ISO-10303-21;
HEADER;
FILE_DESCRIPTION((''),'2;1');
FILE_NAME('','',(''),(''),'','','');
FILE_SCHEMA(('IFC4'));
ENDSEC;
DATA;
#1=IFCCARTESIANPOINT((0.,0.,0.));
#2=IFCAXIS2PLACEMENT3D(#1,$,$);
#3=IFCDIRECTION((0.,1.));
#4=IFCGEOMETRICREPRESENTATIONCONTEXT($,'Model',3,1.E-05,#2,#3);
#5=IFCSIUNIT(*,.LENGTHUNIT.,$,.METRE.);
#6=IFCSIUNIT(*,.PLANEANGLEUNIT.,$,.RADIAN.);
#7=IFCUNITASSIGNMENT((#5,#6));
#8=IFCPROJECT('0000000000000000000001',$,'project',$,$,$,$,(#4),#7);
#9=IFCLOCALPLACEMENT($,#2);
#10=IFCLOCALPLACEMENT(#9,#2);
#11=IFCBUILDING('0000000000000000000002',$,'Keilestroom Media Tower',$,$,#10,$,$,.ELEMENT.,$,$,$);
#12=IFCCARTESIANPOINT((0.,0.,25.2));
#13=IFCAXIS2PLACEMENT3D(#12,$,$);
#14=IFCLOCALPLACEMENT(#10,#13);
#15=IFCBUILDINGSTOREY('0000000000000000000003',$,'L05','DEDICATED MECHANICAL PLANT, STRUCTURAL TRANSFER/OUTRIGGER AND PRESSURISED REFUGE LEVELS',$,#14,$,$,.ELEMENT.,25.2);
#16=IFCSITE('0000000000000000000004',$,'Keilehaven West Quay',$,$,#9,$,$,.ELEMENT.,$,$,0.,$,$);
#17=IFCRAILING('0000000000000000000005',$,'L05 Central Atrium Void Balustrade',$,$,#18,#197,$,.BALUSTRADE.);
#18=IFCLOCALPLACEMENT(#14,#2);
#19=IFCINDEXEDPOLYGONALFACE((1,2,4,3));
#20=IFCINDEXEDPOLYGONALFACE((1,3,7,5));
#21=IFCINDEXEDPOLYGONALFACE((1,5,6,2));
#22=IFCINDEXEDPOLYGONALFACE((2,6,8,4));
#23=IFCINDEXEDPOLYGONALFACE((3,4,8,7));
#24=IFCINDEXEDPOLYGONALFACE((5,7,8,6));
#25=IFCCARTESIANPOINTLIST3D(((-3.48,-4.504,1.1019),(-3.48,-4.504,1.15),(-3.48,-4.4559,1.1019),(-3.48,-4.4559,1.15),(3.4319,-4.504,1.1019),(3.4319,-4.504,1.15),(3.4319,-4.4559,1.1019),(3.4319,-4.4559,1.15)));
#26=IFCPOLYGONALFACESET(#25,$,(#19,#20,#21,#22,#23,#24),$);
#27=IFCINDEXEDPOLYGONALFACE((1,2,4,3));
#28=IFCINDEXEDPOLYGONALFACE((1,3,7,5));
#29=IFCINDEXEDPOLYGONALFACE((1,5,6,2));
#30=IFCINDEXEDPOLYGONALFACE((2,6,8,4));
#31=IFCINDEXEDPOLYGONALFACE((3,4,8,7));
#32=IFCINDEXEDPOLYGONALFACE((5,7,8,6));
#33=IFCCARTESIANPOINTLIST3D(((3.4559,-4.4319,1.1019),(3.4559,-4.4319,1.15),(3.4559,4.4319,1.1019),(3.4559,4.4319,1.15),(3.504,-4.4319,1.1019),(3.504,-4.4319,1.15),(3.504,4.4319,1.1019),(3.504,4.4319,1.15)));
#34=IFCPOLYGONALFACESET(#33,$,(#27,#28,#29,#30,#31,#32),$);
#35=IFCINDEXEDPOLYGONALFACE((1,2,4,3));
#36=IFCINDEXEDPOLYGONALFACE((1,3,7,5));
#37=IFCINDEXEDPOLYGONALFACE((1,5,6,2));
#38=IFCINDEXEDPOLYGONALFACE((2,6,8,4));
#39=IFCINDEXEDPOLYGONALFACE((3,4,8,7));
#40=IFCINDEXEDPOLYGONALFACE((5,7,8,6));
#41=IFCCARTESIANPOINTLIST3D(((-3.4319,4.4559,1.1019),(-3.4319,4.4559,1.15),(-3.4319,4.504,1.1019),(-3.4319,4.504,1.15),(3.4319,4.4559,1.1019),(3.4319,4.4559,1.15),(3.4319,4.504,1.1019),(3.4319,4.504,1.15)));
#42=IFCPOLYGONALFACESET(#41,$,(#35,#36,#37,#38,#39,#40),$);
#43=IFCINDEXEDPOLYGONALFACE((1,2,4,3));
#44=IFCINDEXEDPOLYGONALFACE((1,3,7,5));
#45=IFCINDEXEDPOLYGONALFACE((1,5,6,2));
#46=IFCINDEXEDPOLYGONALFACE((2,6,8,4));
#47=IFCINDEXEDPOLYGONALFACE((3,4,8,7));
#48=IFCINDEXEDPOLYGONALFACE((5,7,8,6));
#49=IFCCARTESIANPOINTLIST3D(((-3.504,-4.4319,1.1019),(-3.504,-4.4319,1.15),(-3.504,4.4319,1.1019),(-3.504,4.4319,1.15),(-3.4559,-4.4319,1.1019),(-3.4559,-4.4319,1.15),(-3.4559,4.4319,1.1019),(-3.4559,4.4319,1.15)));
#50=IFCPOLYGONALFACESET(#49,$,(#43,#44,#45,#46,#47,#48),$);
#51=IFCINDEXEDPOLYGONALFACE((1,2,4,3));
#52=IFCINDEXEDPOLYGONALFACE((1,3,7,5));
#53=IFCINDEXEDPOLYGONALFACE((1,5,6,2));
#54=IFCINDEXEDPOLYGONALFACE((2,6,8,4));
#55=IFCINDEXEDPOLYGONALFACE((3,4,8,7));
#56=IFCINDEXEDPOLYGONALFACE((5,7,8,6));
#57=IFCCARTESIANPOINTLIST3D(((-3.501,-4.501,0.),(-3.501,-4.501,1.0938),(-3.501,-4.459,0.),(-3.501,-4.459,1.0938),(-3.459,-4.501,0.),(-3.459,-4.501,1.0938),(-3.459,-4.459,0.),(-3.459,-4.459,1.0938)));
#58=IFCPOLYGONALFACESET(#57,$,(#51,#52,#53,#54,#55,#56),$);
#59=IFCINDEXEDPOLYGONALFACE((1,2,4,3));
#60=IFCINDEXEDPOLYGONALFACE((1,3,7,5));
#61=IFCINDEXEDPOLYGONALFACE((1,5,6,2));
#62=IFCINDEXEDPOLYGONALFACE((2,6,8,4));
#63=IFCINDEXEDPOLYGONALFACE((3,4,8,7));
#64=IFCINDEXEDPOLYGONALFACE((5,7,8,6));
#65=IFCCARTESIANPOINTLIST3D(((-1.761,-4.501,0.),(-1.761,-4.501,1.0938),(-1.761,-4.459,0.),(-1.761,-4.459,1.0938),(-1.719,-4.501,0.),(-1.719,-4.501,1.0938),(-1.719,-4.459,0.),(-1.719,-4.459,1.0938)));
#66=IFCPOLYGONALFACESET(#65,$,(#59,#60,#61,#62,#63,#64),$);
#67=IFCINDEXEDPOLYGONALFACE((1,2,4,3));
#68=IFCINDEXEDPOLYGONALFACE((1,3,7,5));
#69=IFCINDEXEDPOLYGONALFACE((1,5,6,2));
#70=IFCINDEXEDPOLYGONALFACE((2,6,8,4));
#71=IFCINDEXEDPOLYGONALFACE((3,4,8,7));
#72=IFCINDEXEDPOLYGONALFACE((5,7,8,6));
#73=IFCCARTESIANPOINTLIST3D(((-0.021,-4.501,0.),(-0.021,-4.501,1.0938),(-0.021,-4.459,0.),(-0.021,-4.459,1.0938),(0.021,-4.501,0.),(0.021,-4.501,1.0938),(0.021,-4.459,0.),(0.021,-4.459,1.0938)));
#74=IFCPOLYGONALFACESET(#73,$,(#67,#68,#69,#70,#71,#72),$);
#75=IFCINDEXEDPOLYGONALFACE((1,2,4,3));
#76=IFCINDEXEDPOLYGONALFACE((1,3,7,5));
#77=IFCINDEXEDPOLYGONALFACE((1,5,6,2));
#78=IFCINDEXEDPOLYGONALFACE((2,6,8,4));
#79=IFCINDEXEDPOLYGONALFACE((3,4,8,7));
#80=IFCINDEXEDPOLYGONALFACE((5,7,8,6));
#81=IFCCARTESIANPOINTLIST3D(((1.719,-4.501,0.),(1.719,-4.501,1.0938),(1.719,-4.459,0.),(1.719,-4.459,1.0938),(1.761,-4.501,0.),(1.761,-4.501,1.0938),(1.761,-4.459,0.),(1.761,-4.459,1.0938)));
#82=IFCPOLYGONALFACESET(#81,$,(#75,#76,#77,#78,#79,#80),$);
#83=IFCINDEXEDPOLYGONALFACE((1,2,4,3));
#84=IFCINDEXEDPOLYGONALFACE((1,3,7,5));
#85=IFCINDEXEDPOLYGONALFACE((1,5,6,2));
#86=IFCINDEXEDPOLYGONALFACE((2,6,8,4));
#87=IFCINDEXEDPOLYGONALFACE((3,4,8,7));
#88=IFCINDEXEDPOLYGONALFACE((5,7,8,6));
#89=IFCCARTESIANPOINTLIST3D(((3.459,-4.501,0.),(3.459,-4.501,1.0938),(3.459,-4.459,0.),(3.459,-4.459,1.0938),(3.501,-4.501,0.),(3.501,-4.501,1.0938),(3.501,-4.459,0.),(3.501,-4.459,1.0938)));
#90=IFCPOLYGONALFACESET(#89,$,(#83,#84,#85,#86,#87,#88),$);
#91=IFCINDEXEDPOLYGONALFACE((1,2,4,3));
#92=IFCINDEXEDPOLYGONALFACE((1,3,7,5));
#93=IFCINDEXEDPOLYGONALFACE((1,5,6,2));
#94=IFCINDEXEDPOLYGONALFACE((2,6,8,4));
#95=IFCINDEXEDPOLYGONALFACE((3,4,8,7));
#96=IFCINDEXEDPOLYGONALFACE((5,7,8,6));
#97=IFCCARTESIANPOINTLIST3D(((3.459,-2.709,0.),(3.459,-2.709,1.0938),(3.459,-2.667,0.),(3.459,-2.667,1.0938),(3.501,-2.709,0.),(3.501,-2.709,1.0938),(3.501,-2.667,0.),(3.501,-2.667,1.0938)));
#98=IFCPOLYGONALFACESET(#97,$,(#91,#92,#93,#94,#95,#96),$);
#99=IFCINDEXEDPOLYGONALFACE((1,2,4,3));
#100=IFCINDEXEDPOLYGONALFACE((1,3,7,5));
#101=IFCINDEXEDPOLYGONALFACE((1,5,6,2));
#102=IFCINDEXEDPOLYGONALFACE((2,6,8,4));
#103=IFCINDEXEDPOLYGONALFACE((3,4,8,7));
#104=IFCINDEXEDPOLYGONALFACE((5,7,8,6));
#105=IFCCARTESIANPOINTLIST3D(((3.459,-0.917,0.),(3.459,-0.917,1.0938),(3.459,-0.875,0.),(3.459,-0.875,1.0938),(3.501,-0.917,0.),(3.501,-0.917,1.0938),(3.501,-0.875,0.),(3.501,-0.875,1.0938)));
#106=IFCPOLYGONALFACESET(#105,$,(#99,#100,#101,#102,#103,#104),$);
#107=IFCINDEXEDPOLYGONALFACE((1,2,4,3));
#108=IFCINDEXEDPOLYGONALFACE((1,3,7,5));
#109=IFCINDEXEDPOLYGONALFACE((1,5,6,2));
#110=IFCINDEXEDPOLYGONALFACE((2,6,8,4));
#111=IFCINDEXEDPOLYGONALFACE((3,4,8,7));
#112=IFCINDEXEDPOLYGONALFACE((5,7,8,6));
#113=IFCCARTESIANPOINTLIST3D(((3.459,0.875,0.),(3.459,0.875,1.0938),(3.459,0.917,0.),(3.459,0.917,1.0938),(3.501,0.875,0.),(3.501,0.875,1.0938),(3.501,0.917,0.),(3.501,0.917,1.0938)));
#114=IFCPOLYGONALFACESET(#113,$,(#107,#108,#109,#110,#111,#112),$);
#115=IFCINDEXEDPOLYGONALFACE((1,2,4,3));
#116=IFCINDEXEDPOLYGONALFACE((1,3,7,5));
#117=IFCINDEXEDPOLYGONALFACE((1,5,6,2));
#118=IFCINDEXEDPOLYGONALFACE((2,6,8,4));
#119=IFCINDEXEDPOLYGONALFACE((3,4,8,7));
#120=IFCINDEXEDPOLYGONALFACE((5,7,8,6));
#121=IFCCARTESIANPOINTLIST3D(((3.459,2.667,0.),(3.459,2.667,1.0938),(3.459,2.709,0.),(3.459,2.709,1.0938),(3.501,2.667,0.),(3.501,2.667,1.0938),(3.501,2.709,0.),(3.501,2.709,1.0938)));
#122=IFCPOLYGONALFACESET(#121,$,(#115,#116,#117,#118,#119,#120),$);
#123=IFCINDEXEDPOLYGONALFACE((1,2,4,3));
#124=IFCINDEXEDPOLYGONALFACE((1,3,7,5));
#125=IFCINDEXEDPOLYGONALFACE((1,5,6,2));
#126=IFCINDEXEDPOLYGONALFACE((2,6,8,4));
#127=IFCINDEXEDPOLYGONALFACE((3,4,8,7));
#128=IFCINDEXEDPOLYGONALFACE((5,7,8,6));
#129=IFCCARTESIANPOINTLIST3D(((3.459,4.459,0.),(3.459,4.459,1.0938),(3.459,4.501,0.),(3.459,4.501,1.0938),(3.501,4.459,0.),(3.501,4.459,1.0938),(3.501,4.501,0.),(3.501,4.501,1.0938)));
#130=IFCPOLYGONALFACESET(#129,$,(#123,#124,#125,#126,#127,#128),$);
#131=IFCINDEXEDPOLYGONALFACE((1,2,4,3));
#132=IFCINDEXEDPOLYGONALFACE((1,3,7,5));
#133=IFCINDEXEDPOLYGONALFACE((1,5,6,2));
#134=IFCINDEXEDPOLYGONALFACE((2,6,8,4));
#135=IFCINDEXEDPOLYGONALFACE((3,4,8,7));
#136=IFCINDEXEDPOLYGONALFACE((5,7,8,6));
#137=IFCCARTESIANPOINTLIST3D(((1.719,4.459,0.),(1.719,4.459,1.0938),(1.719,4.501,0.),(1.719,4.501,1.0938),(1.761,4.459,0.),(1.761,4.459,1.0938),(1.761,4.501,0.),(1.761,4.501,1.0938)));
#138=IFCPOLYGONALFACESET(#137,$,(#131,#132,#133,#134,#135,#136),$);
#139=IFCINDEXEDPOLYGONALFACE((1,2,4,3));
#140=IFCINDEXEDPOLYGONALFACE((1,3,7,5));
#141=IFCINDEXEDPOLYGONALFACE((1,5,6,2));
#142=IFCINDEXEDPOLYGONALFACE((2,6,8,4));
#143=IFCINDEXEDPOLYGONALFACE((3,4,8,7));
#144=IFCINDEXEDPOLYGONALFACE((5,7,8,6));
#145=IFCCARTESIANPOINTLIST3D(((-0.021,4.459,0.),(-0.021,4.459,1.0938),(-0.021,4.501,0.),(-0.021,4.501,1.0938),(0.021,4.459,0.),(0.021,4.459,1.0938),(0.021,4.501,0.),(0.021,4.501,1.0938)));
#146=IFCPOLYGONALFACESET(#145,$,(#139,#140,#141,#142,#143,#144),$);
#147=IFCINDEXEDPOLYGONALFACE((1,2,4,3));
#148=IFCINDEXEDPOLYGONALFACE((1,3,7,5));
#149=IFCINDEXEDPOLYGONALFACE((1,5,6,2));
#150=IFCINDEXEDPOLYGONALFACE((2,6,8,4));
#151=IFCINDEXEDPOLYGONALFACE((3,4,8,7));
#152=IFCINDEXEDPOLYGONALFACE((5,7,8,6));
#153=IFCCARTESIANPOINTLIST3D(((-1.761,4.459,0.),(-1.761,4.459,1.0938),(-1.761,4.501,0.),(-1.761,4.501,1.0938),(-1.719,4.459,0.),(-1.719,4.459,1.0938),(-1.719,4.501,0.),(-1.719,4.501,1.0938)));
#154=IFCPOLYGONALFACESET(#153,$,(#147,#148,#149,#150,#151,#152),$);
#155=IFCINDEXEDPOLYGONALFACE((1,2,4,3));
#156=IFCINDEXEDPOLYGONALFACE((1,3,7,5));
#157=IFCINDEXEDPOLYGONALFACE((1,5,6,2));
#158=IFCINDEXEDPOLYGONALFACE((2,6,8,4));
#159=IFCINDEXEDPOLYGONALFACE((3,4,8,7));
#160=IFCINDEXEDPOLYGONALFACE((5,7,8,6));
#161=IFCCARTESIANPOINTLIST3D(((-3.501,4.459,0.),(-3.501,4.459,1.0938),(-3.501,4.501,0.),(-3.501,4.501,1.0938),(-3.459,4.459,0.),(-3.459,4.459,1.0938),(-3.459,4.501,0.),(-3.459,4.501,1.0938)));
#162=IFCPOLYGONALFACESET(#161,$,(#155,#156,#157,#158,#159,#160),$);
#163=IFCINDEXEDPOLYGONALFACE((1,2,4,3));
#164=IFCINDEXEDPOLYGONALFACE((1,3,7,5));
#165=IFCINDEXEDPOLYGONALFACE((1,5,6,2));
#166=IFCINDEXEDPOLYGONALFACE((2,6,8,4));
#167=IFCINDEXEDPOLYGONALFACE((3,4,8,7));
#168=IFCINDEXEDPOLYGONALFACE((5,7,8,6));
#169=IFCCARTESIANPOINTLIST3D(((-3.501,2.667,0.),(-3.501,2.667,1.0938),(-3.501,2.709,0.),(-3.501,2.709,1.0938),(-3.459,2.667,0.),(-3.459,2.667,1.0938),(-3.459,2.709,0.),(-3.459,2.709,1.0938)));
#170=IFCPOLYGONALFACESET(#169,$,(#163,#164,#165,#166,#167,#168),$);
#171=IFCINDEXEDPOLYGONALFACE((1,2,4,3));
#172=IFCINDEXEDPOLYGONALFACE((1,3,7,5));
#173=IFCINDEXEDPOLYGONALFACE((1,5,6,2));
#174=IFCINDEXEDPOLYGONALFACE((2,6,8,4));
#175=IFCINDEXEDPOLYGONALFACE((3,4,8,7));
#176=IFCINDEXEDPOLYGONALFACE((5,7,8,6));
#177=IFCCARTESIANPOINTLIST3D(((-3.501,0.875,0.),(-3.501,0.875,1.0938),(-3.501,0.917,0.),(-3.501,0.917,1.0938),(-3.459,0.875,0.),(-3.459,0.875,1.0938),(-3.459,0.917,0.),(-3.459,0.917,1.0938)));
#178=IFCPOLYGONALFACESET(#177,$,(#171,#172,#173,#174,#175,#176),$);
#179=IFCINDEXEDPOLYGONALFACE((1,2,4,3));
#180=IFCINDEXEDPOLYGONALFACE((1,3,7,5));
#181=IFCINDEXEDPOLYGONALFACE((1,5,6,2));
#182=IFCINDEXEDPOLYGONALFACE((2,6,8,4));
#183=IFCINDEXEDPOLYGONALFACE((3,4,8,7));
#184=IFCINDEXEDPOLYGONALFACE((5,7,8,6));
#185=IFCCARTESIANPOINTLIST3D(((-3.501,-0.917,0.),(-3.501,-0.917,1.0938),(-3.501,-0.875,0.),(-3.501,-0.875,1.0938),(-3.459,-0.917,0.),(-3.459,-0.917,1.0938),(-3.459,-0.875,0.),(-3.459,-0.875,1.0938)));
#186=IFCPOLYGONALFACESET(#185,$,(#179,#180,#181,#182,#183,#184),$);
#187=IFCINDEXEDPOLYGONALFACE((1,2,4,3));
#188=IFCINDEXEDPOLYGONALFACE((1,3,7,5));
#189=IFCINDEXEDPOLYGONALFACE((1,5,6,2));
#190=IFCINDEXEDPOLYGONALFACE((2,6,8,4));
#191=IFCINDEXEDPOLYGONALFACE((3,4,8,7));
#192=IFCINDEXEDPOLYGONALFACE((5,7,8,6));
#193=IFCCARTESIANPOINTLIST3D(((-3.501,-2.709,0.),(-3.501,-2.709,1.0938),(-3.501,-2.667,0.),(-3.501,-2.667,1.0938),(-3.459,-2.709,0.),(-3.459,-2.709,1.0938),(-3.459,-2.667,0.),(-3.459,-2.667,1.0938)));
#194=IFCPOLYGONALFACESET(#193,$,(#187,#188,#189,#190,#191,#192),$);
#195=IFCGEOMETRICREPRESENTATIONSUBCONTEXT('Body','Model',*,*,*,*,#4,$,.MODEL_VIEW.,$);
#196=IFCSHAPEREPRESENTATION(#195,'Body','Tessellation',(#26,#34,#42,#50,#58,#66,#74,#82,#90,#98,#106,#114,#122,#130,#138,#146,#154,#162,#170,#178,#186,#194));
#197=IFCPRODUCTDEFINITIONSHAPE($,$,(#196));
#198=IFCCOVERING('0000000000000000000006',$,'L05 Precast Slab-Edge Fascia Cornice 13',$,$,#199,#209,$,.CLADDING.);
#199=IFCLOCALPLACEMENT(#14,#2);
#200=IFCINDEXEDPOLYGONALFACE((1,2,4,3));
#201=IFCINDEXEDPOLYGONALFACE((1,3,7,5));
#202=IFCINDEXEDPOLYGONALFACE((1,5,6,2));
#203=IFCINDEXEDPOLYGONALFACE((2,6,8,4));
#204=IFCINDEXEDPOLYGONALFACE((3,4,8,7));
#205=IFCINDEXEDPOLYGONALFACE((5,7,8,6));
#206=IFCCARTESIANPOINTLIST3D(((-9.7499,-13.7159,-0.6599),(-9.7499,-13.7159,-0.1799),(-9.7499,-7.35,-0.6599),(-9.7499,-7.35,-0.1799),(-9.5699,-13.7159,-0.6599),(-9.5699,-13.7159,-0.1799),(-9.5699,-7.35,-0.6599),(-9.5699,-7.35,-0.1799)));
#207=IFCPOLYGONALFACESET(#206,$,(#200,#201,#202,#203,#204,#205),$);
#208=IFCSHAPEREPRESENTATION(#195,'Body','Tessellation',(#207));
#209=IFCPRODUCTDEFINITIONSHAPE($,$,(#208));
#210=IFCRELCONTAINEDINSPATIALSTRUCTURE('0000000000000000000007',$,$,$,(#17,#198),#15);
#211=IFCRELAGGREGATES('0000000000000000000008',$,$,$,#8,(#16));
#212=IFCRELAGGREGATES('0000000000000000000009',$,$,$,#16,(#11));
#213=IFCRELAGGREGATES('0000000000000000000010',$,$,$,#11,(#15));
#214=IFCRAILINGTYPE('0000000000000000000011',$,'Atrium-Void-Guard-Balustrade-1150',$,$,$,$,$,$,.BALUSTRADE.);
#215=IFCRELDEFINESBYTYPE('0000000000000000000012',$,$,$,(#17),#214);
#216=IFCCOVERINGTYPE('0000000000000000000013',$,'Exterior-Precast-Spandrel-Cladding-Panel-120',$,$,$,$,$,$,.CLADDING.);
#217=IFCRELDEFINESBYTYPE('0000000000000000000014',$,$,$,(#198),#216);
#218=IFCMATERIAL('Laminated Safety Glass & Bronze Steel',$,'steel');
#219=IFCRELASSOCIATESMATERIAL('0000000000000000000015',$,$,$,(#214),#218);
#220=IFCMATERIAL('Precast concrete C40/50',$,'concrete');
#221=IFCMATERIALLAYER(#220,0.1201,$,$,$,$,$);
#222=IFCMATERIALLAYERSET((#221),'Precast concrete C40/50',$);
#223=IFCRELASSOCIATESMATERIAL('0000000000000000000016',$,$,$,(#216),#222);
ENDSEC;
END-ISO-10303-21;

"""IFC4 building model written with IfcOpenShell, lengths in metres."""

from ifc_helpers import new_model, si_unit, direction, frame, origin, origin_2d, place, context, subcontext, project, spatial, rectangle, extrude, source, transform, mapped, material, layer, layer_set, type_object, element, save


model = new_model("IFC4")

# Units and contexts
model_context = context("Model", 3, precision=1e-05, world=origin(), true_north=direction((0.0, 1.0)))
body_context = subcontext(model_context, "Body", "Model", "MODEL_VIEW")
ifc_project = project(units=[si_unit("LENGTHUNIT", "METRE"), si_unit("PLANEANGLEUNIT", "RADIAN")], contexts=[model_context])

# Site, building, storey
site_placement = place(None, origin())
site = spatial("IfcSite", under=ifc_project, at=site_placement, Name="Keilehaven West Quay", CompositionType="ELEMENT", RefElevation=0.0)
building_placement = place(site_placement, origin())
building = spatial("IfcBuilding", under=site, at=building_placement, Name="Keilestroom Media Tower", CompositionType="ELEMENT")
storey_placement = place(building_placement, frame((0.0, 0.0, 25.2)))
storey = spatial("IfcBuildingStorey", under=building, at=storey_placement, Name="L05", Description="DEDICATED MECHANICAL PLANT, STRUCTURAL TRANSFER/OUTRIGGER AND PRESSURISED REFUGE LEVELS", CompositionType="ELEMENT", Elevation=25.2)

# Shared definitions
ifc_material_1 = material(Name="Precast concrete C40/50", Category="concrete")

# Railing
ifc_material_2 = material(Name="Laminated Safety Glass & Bronze Steel", Category="steel")
railing_type = type_object("IfcRailingType", Name="Atrium-Void-Guard-Balustrade-1150", PredefinedType="BALUSTRADE", material=ifc_material_2)
railing_placement = place(storey_placement, frame((-3.48, -4.48, 0.0)))
element("IfcRailing", 1, at=railing_placement, inside=storey, type_object=railing_type, Name="L05 Central Atrium Void Balustrade", PredefinedType="BALUSTRADE", context=body_context, shape_type="SweptSolid", body=[
    extrude(rectangle(XDim=0.0481, YDim=0.0481, at=origin_2d()), frame((0.0, 0.0, 1.126), z_axis=(1.0, 0.0, 0.0), x_axis=(0.0, 1.0, 0.0)), (0.0, 0.0, 1.0), 6.9119),
    extrude(rectangle(XDim=0.0481, YDim=0.0481, at=origin_2d()), frame((6.96, 0.0481, 1.126), z_axis=(0.0, 1.0, 0.0), x_axis=(-1.0, 0.0, 0.0)), (0.0, 0.0, 1.0), 8.8638),
    extrude(rectangle(XDim=0.0481, YDim=0.0481, at=origin_2d()), frame((6.9119, 8.96, 1.126), z_axis=(-1.0, 0.0, 0.0), x_axis=(0.0, -1.0, 0.0)), (0.0, 0.0, 1.0), 6.8638),
    extrude(rectangle(XDim=0.0481, YDim=0.0481, at=origin_2d()), frame((0.0, 8.9119, 1.126), z_axis=(0.0, -1.0, 0.0), x_axis=(1.0, 0.0, 0.0)), (0.0, 0.0, 1.0), 8.8638),
    extrude(rectangle(XDim=0.042, YDim=0.042, at=origin_2d()), origin(), (0.0, 0.0, 1.0), 1.0938),
    extrude(rectangle(XDim=0.042, YDim=0.042, at=origin_2d()), frame((1.74, 0.0, 0.0)), (0.0, 0.0, 1.0), 1.0938),
    extrude(rectangle(XDim=0.042, YDim=0.042, at=origin_2d()), frame((3.48, 0.0, 0.0)), (0.0, 0.0, 1.0), 1.0938),
    extrude(rectangle(XDim=0.042, YDim=0.042, at=origin_2d()), frame((5.22, 0.0, 0.0)), (0.0, 0.0, 1.0), 1.0938),
    extrude(rectangle(XDim=0.042, YDim=0.042, at=origin_2d()), frame((6.96, 0.0, 0.0)), (0.0, 0.0, 1.0), 1.0938),
    extrude(rectangle(XDim=0.042, YDim=0.042, at=origin_2d()), frame((6.96, 1.792, 0.0)), (0.0, 0.0, 1.0), 1.0938),
    extrude(rectangle(XDim=0.042, YDim=0.042, at=origin_2d()), frame((6.96, 3.584, 0.0)), (0.0, 0.0, 1.0), 1.0938),
    extrude(rectangle(XDim=0.042, YDim=0.042, at=origin_2d()), frame((6.96, 5.376, 0.0)), (0.0, 0.0, 1.0), 1.0938),
    extrude(rectangle(XDim=0.042, YDim=0.042, at=origin_2d()), frame((6.96, 7.168, 0.0)), (0.0, 0.0, 1.0), 1.0938),
    extrude(rectangle(XDim=0.042, YDim=0.042, at=origin_2d()), frame((6.96, 8.96, 0.0)), (0.0, 0.0, 1.0), 1.0938),
    extrude(rectangle(XDim=0.042, YDim=0.042, at=origin_2d()), frame((5.22, 8.96, 0.0)), (0.0, 0.0, 1.0), 1.0938),
    extrude(rectangle(XDim=0.042, YDim=0.042, at=origin_2d()), frame((3.48, 8.96, 0.0)), (0.0, 0.0, 1.0), 1.0938),
    extrude(rectangle(XDim=0.042, YDim=0.042, at=origin_2d()), frame((1.74, 8.96, 0.0)), (0.0, 0.0, 1.0), 1.0938),
    extrude(rectangle(XDim=0.042, YDim=0.042, at=origin_2d()), frame((0.0, 8.96, 0.0)), (0.0, 0.0, 1.0), 1.0938),
    extrude(rectangle(XDim=0.042, YDim=0.042, at=origin_2d()), frame((0.0, 7.168, 0.0)), (0.0, 0.0, 1.0), 1.0938),
    extrude(rectangle(XDim=0.042, YDim=0.042, at=origin_2d()), frame((0.0, 5.376, 0.0)), (0.0, 0.0, 1.0), 1.0938),
    extrude(rectangle(XDim=0.042, YDim=0.042, at=origin_2d()), frame((0.0, 3.584, 0.0)), (0.0, 0.0, 1.0), 1.0938),
    extrude(rectangle(XDim=0.042, YDim=0.042, at=origin_2d()), frame((0.0, 1.792, 0.0)), (0.0, 0.0, 1.0), 1.0938),
])

# Covering
ifc_layer_1 = layer(ifc_material_1, 0.1201)
ifc_layer_set_1 = layer_set([ifc_layer_1], Name="Precast concrete C40/50")
covering_type = type_object("IfcCoveringType", Name="Exterior-Precast-Spandrel-Cladding-Panel-120", PredefinedType="CLADDING", material=ifc_layer_set_1)
shared_shape_1 = source(origin(), body_context, "Body", "SweptSolid", [
    extrude(rectangle(XDim=6.366, YDim=0.1799, at=origin_2d()), origin(), (0.0, 0.0, 1.0), 0.48),
])
covering_placement = place(storey_placement, frame((-9.6599, -10.533, -0.6599), z_axis=(0.0, 0.0, 1.0), x_axis=(0.0, 1.0, 0.0)))
element("IfcCovering", 2, at=covering_placement, inside=storey, type_object=covering_type, Name="L05 Precast Slab-Edge Fascia Cornice 13", PredefinedType="CLADDING", context=body_context, shape_type="MappedRepresentation", body=[
    mapped(shared_shape_1, transform((0.0, 0.0, 0.0), x_axis=(1.0, 0.0, 0.0), y_axis=(0.0, 1.0, 0.0), z_axis=(0.0, 0.0, 1.0), scale=1.0)),
])

save(model, "model.ifc")
